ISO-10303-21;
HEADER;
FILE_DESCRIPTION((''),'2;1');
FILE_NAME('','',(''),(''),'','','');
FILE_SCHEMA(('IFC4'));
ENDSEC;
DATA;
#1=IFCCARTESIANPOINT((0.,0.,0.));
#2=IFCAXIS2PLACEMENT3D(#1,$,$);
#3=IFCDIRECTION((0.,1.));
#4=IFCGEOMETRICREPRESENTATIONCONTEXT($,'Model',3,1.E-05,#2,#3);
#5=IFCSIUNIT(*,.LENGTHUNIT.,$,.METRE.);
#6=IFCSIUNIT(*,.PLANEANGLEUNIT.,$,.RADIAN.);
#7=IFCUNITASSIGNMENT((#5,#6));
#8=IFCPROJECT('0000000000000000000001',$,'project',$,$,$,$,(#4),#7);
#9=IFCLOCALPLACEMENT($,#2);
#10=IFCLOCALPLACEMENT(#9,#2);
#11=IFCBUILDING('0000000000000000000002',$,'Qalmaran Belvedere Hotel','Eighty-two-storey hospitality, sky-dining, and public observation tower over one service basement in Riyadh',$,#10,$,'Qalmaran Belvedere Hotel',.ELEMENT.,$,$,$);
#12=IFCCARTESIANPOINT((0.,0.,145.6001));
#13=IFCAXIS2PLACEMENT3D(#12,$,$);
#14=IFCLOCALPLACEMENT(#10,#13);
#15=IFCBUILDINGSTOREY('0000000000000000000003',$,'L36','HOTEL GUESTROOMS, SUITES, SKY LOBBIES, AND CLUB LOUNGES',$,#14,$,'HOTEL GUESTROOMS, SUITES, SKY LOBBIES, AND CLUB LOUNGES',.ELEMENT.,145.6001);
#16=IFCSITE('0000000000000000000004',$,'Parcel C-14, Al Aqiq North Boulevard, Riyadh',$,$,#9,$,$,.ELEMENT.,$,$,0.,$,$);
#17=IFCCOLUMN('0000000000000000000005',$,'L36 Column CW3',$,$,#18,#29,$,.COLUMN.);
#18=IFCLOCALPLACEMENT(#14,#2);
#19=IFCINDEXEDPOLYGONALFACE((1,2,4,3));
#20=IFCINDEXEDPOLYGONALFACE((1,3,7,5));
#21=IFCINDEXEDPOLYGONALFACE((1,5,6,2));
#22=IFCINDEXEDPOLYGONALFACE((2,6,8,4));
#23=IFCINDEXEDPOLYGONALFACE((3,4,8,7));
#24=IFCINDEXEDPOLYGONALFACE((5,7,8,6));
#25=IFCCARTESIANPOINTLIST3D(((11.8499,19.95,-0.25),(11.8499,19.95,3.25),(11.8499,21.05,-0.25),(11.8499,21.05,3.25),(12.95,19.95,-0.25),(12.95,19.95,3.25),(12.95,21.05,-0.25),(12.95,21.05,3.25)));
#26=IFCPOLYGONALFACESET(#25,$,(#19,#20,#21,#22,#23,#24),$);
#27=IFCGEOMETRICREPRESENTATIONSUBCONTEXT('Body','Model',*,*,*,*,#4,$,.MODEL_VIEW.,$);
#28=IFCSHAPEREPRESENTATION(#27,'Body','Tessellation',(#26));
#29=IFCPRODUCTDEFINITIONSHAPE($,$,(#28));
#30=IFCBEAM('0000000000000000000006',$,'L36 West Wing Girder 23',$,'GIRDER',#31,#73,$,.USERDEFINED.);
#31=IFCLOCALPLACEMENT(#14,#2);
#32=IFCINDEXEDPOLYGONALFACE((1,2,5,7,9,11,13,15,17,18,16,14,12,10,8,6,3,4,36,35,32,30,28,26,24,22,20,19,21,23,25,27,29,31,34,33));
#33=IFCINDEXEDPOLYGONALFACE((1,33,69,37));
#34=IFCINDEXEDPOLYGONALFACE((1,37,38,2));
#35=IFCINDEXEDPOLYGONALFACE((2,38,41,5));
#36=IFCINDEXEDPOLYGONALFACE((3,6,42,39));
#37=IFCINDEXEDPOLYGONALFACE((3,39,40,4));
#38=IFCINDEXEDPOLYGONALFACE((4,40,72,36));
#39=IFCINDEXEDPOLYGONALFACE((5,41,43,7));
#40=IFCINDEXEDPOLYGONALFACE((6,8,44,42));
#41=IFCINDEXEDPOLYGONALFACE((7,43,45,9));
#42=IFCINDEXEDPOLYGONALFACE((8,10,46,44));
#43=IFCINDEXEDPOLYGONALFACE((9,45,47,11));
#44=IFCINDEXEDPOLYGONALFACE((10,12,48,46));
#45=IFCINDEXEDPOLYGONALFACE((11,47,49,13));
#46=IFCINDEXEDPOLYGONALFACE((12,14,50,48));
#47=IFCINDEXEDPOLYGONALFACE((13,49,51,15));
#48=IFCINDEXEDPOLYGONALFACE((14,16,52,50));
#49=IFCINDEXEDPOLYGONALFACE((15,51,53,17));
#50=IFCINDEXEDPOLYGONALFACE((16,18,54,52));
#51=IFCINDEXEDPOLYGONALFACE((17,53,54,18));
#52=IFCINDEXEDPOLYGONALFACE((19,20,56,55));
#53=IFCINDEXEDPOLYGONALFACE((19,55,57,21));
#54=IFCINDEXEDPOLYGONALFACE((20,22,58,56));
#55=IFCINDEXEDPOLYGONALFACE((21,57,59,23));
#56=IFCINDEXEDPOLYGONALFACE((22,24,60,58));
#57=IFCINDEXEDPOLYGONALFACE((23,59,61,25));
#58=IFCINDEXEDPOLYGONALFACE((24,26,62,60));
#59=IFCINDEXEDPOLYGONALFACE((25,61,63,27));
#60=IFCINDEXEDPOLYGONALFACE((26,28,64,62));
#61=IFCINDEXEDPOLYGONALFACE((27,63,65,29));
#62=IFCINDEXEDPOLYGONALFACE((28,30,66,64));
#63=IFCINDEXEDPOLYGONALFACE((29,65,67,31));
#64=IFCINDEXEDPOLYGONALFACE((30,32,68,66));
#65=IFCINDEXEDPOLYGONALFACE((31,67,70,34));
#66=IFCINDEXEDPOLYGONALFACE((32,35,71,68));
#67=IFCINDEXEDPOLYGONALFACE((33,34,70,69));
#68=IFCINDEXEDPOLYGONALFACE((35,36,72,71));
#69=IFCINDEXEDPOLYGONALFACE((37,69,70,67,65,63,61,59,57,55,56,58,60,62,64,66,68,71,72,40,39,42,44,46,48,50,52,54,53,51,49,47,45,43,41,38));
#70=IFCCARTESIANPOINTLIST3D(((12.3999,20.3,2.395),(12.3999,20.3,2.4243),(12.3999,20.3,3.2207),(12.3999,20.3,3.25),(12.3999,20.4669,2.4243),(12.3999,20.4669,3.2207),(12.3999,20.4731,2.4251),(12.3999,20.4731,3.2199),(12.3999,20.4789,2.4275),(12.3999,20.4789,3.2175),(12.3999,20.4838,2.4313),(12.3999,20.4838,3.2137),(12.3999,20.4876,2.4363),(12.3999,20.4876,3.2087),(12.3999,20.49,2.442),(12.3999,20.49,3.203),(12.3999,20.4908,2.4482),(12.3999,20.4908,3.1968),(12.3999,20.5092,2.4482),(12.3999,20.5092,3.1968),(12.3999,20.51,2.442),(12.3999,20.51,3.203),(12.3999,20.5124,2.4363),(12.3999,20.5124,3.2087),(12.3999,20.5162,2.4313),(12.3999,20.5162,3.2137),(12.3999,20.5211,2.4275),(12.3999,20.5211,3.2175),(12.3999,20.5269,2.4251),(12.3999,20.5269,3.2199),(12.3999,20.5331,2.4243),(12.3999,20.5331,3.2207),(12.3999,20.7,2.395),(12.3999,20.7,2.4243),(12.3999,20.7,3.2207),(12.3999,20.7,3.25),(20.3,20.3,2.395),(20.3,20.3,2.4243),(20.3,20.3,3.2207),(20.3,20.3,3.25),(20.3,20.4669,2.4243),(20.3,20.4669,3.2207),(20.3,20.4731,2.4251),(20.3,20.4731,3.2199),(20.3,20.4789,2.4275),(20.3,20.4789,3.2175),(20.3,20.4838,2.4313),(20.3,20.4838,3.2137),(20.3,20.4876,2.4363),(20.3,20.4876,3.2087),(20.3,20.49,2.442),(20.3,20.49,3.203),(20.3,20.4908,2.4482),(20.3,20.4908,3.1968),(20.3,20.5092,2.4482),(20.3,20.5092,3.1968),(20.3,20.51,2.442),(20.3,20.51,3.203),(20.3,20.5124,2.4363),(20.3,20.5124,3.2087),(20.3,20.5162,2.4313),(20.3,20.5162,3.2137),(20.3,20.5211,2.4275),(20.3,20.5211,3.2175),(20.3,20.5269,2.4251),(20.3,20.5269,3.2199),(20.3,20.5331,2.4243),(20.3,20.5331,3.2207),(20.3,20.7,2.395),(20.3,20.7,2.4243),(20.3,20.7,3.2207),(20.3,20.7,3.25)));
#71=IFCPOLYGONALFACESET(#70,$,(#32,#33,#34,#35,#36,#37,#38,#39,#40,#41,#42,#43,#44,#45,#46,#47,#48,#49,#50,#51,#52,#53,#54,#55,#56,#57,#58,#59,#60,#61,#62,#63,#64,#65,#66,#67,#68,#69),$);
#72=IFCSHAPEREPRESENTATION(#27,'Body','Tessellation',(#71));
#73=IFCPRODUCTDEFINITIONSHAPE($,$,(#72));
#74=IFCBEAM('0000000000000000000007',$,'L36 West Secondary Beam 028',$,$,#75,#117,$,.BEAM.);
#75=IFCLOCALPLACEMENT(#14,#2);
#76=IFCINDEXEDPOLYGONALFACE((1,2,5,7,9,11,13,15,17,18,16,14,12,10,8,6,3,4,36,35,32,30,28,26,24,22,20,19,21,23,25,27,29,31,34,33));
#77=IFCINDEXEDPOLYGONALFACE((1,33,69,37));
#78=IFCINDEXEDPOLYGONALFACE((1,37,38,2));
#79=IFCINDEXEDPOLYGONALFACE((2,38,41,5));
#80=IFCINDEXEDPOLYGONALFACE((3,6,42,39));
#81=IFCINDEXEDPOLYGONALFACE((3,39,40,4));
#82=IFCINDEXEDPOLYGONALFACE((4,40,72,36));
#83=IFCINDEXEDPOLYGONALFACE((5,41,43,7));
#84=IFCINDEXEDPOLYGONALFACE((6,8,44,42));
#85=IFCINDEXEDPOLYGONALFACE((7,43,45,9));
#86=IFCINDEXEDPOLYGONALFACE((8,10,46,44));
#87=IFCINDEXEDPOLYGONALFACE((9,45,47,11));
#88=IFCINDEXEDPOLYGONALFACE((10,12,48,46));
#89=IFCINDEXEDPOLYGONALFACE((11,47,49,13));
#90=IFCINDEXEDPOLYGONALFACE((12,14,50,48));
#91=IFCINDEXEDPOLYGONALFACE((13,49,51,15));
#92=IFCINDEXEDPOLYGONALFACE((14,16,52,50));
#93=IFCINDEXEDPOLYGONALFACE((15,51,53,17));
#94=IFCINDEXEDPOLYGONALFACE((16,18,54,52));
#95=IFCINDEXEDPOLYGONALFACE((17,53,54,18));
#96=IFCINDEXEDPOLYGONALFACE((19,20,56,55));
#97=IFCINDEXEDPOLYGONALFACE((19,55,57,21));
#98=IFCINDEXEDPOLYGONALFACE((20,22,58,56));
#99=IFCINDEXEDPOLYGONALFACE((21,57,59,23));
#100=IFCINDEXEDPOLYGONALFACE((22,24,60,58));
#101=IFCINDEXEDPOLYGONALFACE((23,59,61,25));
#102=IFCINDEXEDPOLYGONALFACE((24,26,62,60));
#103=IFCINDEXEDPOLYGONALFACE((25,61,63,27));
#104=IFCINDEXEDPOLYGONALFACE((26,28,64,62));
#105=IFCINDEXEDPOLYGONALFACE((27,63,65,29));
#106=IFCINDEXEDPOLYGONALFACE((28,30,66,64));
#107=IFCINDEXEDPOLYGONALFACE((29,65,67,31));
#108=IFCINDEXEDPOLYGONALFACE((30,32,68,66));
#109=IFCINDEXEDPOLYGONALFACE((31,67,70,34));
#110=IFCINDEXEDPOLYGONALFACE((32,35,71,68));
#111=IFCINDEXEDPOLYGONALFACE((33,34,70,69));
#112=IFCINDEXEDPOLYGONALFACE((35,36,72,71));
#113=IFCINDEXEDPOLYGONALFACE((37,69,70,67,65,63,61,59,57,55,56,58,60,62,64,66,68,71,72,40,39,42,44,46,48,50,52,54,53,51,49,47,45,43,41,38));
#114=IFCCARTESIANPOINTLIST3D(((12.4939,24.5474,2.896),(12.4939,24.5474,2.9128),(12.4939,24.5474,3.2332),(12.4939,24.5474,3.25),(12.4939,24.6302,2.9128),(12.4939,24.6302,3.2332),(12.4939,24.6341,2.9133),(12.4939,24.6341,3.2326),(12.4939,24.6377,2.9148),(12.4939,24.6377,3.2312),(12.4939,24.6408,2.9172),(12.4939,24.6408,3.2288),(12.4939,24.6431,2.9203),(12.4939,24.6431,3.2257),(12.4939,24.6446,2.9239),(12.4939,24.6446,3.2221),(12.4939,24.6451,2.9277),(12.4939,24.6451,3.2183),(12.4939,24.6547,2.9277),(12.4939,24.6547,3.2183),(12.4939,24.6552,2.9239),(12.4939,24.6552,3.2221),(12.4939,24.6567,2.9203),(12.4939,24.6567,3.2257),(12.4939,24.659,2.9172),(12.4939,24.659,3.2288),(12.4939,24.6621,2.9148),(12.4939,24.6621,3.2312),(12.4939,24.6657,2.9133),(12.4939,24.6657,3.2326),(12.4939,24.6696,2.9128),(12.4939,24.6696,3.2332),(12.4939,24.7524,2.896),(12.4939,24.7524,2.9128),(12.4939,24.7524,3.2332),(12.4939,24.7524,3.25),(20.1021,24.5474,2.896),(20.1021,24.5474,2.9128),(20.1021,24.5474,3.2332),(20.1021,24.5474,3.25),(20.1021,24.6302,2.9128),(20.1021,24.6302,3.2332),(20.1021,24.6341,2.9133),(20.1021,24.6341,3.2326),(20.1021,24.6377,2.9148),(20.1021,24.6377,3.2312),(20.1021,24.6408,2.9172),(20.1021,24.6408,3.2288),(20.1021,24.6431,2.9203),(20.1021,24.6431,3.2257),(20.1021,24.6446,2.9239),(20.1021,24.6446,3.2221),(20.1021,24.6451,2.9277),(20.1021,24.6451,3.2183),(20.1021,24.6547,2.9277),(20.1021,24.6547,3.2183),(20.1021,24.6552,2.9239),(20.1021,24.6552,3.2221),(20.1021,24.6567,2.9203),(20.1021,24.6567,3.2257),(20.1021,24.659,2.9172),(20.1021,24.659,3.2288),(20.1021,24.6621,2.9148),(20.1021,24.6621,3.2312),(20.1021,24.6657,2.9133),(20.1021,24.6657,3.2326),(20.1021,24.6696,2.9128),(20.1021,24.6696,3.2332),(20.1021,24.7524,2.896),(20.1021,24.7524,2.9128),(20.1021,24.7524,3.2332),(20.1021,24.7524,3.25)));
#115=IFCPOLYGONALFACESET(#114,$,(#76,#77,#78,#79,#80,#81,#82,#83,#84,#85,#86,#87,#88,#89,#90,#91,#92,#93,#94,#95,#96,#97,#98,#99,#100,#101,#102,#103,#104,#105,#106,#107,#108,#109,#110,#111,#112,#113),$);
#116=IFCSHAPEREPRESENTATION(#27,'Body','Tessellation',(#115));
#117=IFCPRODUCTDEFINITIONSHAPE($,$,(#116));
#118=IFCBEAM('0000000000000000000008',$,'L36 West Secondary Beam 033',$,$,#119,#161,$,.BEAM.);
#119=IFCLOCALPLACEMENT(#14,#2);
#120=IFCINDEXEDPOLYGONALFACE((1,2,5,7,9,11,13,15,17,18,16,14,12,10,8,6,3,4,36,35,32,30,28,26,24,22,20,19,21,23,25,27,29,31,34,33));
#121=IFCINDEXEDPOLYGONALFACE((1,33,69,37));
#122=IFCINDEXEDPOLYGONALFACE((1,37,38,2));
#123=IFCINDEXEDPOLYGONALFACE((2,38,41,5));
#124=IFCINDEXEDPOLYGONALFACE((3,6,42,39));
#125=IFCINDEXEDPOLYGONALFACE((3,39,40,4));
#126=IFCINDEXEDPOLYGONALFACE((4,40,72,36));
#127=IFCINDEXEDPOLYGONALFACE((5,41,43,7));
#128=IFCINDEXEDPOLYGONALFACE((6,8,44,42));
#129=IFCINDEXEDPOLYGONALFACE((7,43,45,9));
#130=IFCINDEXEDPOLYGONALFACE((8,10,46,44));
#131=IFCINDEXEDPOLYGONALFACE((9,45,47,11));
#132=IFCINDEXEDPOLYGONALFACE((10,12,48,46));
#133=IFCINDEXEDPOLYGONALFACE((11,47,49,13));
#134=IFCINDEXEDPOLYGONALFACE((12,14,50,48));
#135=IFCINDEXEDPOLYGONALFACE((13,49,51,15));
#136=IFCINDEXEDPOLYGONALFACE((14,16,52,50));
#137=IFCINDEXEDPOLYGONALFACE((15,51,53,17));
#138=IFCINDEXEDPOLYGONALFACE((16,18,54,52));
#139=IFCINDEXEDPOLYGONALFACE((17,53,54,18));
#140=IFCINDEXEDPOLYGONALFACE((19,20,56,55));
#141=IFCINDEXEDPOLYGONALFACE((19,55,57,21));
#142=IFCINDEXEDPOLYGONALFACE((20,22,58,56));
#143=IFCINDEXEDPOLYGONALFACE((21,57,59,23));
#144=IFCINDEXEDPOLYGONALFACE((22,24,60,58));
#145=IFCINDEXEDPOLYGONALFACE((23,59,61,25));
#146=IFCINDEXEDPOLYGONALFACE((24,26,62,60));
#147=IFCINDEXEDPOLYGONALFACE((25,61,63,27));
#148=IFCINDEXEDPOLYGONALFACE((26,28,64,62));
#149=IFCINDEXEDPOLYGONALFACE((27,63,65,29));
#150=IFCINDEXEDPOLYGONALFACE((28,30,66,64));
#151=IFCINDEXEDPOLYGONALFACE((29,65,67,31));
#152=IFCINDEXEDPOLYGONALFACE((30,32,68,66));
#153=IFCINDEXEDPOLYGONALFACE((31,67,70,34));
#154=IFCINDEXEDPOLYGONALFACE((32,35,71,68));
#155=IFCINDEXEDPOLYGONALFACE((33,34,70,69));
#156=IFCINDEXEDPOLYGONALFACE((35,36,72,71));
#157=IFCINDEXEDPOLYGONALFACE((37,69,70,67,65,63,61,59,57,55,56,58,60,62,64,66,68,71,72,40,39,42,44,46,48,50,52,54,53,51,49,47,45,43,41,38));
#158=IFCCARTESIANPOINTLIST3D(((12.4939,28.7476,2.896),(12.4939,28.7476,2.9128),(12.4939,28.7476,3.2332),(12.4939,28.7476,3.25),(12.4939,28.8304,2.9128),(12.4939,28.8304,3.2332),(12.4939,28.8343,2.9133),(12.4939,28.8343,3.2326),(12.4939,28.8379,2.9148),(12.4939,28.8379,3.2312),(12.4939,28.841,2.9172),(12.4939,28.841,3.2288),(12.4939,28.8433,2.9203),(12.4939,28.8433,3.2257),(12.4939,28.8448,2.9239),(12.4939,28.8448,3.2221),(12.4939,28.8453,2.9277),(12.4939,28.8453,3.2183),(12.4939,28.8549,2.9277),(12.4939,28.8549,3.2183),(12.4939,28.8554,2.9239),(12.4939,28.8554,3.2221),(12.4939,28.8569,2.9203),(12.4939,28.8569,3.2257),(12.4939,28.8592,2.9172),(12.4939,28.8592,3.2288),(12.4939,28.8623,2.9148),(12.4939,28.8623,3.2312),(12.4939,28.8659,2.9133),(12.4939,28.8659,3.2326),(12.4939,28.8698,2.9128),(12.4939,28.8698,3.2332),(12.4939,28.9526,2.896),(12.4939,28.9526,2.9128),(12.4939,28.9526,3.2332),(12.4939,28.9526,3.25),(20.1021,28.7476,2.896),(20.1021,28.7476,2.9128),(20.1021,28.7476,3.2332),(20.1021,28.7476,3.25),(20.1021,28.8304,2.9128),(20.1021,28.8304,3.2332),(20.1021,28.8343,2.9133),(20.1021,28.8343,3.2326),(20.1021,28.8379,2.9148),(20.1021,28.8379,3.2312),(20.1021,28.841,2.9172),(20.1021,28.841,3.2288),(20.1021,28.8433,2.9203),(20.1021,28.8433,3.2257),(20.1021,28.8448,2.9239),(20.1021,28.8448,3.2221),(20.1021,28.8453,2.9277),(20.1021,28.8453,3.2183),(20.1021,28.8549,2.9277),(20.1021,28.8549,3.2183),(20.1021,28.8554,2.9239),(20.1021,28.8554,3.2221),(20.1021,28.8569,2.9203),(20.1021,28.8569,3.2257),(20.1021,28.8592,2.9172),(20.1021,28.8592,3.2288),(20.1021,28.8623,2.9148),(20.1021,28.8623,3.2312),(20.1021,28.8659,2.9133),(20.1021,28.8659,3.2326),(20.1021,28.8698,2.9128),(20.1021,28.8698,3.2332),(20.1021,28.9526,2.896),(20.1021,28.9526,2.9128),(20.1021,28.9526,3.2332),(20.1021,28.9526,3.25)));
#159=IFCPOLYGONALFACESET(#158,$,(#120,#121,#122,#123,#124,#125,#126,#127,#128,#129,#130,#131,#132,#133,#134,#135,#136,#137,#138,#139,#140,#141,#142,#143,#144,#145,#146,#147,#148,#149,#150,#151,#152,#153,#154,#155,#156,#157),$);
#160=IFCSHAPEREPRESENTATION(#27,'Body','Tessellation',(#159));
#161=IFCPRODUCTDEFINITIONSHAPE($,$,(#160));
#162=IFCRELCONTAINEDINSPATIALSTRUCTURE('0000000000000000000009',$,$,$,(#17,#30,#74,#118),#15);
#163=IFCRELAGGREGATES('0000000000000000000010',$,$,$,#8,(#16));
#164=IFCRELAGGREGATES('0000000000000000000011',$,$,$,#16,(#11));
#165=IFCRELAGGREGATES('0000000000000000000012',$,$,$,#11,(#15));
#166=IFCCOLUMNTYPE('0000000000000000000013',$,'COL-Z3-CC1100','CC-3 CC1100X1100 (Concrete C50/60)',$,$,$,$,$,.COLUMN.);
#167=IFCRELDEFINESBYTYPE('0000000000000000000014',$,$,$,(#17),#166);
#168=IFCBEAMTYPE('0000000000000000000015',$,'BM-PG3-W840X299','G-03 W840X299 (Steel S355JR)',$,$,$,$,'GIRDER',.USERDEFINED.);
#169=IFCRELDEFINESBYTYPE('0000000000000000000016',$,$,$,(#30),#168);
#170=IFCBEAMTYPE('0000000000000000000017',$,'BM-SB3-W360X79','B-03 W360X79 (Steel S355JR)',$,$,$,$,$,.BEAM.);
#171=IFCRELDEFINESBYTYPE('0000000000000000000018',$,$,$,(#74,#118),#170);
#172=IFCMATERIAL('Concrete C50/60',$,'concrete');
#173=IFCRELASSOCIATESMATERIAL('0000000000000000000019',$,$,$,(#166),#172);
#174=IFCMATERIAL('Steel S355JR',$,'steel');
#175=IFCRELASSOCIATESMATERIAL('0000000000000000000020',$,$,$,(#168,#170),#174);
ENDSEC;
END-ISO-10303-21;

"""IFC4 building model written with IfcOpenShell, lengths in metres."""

from ifc_helpers import new_model, si_unit, direction, frame, origin, origin_2d, place, context, subcontext, project, spatial, rectangle, i_section, extrude, material, material_profile, profile_set, type_object, element, save


model = new_model("IFC4")

# Units and contexts
model_context = context("Model", 3, precision=1e-05, world=origin(), true_north=direction((0.0, 1.0)))
body_context = subcontext(model_context, "Body", "Model", "MODEL_VIEW")
ifc_project = project(units=[si_unit("LENGTHUNIT", "METRE"), si_unit("PLANEANGLEUNIT", "RADIAN")], contexts=[model_context])

# Site, building, storey
site_placement = place(None, origin())
site = spatial("IfcSite", under=ifc_project, at=site_placement, Name="Parcel C-14, Al Aqiq North Boulevard, Riyadh", CompositionType="ELEMENT", RefElevation=0.0)
building_placement = place(site_placement, origin())
building = spatial("IfcBuilding", under=site, at=building_placement, Name="Qalmaran Belvedere Hotel", Description="Eighty-two-storey hospitality, sky-dining, and public observation tower over one service basement in Riyadh", LongName="Qalmaran Belvedere Hotel", CompositionType="ELEMENT")
storey_placement = place(building_placement, frame((0.0, 0.0, 145.6001)))
storey = spatial("IfcBuildingStorey", under=building, at=storey_placement, Name="L36", Description="HOTEL GUESTROOMS, SUITES, SKY LOBBIES, AND CLUB LOUNGES", LongName="HOTEL GUESTROOMS, SUITES, SKY LOBBIES, AND CLUB LOUNGES", CompositionType="ELEMENT", Elevation=145.6001)

# Column
ifc_material_1 = material(Name="Concrete C50/60", Category="concrete")
ifc_material_profile_1 = material_profile(ifc_material_1, rectangle(XDim=1.1001, YDim=1.1001, at=origin_2d()), Name="CC1100X1100")
ifc_profile_set_1 = profile_set([ifc_material_profile_1], Name="Concrete C50/60")
column_type = type_object("IfcColumnType", Name="COL-Z3-CC1100", Description="CC-3 CC1100X1100 (Concrete C50/60)", PredefinedType="COLUMN", material=ifc_profile_set_1)
column_placement = place(storey_placement, frame((12.3999, 20.5, -0.25), z_axis=(0.0, 0.0, 1.0), x_axis=(1.0, 0.0, 0.0)))
element("IfcColumn", 1, at=column_placement, inside=storey, type_object=column_type, Name="L36 Column CW3", PredefinedType="COLUMN", context=body_context, shape_type="SweptSolid", body=[
    extrude(rectangle(XDim=1.1001, YDim=1.1001, at=origin_2d()), origin(), (0.0, 0.0, 1.0), 3.5),
])

# Beams
ifc_material_2 = material(Name="Steel S355JR", Category="steel")
ifc_material_profile_2 = material_profile(ifc_material_2, i_section(OverallWidth=0.3999, OverallDepth=0.855, WebThickness=0.0183, FlangeThickness=0.0293, FilletRadius=0.0239, at=origin_2d()), Name="W840X299")
ifc_profile_set_2 = profile_set([ifc_material_profile_2], Name="Steel S355JR")
beam_type_1 = type_object("IfcBeamType", Name="BM-PG3-W840X299", Description="G-03 W840X299 (Steel S355JR)", ElementType="GIRDER", PredefinedType="USERDEFINED", material=ifc_profile_set_2)
beam_1_placement = place(storey_placement, frame((12.3999, 20.5, 2.8225), z_axis=(1.0, 0.0, 0.0), x_axis=(0.0, 1.0, 0.0)))
element("IfcBeam", 2, at=beam_1_placement, inside=storey, type_object=beam_type_1, Name="L36 West Wing Girder 23", ObjectType="GIRDER", PredefinedType="USERDEFINED", context=body_context, shape_type="SweptSolid", body=[
    extrude(i_section(OverallWidth=0.3999, OverallDepth=0.855, WebThickness=0.0183, FlangeThickness=0.0293, FilletRadius=0.0239, at=origin_2d()), origin(), (0.0, 0.0, 1.0), 7.9001),
])
ifc_material_profile_3 = material_profile(ifc_material_2, i_section(OverallWidth=0.2051, OverallDepth=0.354, WebThickness=0.0095, FlangeThickness=0.0168, FilletRadius=0.0149, at=origin_2d()), Name="W360X79")
ifc_profile_set_3 = profile_set([ifc_material_profile_3], Name="Steel S355JR")
beam_type_2 = type_object("IfcBeamType", Name="BM-SB3-W360X79", Description="B-03 W360X79 (Steel S355JR)", PredefinedType="BEAM", material=ifc_profile_set_3)
for number, where, z_axis, x_axis, name in (
    (3, (12.4939, 24.6499, 3.073), (1.0, 0.0, 0.0), (0.0, 1.0, 0.0), "L36 West Secondary Beam 028"),
    (4, (12.4939, 28.8501, 3.073), (1.0, 0.0, 0.0), (0.0, 1.0, 0.0), "L36 West Secondary Beam 033"),
):
    element("IfcBeam", number, at=place(storey_placement, frame(where, z_axis=z_axis, x_axis=x_axis)), inside=storey, type_object=beam_type_2, Name=name, PredefinedType="BEAM", context=body_context, shape_type="SweptSolid", body=[
        extrude(i_section(OverallWidth=0.2051, OverallDepth=0.354, WebThickness=0.0095, FlangeThickness=0.0168, FilletRadius=0.0149, at=origin_2d()), origin(), (0.0, 0.0, 1.0), 7.6082),
    ])

save(model, "model.ifc")
